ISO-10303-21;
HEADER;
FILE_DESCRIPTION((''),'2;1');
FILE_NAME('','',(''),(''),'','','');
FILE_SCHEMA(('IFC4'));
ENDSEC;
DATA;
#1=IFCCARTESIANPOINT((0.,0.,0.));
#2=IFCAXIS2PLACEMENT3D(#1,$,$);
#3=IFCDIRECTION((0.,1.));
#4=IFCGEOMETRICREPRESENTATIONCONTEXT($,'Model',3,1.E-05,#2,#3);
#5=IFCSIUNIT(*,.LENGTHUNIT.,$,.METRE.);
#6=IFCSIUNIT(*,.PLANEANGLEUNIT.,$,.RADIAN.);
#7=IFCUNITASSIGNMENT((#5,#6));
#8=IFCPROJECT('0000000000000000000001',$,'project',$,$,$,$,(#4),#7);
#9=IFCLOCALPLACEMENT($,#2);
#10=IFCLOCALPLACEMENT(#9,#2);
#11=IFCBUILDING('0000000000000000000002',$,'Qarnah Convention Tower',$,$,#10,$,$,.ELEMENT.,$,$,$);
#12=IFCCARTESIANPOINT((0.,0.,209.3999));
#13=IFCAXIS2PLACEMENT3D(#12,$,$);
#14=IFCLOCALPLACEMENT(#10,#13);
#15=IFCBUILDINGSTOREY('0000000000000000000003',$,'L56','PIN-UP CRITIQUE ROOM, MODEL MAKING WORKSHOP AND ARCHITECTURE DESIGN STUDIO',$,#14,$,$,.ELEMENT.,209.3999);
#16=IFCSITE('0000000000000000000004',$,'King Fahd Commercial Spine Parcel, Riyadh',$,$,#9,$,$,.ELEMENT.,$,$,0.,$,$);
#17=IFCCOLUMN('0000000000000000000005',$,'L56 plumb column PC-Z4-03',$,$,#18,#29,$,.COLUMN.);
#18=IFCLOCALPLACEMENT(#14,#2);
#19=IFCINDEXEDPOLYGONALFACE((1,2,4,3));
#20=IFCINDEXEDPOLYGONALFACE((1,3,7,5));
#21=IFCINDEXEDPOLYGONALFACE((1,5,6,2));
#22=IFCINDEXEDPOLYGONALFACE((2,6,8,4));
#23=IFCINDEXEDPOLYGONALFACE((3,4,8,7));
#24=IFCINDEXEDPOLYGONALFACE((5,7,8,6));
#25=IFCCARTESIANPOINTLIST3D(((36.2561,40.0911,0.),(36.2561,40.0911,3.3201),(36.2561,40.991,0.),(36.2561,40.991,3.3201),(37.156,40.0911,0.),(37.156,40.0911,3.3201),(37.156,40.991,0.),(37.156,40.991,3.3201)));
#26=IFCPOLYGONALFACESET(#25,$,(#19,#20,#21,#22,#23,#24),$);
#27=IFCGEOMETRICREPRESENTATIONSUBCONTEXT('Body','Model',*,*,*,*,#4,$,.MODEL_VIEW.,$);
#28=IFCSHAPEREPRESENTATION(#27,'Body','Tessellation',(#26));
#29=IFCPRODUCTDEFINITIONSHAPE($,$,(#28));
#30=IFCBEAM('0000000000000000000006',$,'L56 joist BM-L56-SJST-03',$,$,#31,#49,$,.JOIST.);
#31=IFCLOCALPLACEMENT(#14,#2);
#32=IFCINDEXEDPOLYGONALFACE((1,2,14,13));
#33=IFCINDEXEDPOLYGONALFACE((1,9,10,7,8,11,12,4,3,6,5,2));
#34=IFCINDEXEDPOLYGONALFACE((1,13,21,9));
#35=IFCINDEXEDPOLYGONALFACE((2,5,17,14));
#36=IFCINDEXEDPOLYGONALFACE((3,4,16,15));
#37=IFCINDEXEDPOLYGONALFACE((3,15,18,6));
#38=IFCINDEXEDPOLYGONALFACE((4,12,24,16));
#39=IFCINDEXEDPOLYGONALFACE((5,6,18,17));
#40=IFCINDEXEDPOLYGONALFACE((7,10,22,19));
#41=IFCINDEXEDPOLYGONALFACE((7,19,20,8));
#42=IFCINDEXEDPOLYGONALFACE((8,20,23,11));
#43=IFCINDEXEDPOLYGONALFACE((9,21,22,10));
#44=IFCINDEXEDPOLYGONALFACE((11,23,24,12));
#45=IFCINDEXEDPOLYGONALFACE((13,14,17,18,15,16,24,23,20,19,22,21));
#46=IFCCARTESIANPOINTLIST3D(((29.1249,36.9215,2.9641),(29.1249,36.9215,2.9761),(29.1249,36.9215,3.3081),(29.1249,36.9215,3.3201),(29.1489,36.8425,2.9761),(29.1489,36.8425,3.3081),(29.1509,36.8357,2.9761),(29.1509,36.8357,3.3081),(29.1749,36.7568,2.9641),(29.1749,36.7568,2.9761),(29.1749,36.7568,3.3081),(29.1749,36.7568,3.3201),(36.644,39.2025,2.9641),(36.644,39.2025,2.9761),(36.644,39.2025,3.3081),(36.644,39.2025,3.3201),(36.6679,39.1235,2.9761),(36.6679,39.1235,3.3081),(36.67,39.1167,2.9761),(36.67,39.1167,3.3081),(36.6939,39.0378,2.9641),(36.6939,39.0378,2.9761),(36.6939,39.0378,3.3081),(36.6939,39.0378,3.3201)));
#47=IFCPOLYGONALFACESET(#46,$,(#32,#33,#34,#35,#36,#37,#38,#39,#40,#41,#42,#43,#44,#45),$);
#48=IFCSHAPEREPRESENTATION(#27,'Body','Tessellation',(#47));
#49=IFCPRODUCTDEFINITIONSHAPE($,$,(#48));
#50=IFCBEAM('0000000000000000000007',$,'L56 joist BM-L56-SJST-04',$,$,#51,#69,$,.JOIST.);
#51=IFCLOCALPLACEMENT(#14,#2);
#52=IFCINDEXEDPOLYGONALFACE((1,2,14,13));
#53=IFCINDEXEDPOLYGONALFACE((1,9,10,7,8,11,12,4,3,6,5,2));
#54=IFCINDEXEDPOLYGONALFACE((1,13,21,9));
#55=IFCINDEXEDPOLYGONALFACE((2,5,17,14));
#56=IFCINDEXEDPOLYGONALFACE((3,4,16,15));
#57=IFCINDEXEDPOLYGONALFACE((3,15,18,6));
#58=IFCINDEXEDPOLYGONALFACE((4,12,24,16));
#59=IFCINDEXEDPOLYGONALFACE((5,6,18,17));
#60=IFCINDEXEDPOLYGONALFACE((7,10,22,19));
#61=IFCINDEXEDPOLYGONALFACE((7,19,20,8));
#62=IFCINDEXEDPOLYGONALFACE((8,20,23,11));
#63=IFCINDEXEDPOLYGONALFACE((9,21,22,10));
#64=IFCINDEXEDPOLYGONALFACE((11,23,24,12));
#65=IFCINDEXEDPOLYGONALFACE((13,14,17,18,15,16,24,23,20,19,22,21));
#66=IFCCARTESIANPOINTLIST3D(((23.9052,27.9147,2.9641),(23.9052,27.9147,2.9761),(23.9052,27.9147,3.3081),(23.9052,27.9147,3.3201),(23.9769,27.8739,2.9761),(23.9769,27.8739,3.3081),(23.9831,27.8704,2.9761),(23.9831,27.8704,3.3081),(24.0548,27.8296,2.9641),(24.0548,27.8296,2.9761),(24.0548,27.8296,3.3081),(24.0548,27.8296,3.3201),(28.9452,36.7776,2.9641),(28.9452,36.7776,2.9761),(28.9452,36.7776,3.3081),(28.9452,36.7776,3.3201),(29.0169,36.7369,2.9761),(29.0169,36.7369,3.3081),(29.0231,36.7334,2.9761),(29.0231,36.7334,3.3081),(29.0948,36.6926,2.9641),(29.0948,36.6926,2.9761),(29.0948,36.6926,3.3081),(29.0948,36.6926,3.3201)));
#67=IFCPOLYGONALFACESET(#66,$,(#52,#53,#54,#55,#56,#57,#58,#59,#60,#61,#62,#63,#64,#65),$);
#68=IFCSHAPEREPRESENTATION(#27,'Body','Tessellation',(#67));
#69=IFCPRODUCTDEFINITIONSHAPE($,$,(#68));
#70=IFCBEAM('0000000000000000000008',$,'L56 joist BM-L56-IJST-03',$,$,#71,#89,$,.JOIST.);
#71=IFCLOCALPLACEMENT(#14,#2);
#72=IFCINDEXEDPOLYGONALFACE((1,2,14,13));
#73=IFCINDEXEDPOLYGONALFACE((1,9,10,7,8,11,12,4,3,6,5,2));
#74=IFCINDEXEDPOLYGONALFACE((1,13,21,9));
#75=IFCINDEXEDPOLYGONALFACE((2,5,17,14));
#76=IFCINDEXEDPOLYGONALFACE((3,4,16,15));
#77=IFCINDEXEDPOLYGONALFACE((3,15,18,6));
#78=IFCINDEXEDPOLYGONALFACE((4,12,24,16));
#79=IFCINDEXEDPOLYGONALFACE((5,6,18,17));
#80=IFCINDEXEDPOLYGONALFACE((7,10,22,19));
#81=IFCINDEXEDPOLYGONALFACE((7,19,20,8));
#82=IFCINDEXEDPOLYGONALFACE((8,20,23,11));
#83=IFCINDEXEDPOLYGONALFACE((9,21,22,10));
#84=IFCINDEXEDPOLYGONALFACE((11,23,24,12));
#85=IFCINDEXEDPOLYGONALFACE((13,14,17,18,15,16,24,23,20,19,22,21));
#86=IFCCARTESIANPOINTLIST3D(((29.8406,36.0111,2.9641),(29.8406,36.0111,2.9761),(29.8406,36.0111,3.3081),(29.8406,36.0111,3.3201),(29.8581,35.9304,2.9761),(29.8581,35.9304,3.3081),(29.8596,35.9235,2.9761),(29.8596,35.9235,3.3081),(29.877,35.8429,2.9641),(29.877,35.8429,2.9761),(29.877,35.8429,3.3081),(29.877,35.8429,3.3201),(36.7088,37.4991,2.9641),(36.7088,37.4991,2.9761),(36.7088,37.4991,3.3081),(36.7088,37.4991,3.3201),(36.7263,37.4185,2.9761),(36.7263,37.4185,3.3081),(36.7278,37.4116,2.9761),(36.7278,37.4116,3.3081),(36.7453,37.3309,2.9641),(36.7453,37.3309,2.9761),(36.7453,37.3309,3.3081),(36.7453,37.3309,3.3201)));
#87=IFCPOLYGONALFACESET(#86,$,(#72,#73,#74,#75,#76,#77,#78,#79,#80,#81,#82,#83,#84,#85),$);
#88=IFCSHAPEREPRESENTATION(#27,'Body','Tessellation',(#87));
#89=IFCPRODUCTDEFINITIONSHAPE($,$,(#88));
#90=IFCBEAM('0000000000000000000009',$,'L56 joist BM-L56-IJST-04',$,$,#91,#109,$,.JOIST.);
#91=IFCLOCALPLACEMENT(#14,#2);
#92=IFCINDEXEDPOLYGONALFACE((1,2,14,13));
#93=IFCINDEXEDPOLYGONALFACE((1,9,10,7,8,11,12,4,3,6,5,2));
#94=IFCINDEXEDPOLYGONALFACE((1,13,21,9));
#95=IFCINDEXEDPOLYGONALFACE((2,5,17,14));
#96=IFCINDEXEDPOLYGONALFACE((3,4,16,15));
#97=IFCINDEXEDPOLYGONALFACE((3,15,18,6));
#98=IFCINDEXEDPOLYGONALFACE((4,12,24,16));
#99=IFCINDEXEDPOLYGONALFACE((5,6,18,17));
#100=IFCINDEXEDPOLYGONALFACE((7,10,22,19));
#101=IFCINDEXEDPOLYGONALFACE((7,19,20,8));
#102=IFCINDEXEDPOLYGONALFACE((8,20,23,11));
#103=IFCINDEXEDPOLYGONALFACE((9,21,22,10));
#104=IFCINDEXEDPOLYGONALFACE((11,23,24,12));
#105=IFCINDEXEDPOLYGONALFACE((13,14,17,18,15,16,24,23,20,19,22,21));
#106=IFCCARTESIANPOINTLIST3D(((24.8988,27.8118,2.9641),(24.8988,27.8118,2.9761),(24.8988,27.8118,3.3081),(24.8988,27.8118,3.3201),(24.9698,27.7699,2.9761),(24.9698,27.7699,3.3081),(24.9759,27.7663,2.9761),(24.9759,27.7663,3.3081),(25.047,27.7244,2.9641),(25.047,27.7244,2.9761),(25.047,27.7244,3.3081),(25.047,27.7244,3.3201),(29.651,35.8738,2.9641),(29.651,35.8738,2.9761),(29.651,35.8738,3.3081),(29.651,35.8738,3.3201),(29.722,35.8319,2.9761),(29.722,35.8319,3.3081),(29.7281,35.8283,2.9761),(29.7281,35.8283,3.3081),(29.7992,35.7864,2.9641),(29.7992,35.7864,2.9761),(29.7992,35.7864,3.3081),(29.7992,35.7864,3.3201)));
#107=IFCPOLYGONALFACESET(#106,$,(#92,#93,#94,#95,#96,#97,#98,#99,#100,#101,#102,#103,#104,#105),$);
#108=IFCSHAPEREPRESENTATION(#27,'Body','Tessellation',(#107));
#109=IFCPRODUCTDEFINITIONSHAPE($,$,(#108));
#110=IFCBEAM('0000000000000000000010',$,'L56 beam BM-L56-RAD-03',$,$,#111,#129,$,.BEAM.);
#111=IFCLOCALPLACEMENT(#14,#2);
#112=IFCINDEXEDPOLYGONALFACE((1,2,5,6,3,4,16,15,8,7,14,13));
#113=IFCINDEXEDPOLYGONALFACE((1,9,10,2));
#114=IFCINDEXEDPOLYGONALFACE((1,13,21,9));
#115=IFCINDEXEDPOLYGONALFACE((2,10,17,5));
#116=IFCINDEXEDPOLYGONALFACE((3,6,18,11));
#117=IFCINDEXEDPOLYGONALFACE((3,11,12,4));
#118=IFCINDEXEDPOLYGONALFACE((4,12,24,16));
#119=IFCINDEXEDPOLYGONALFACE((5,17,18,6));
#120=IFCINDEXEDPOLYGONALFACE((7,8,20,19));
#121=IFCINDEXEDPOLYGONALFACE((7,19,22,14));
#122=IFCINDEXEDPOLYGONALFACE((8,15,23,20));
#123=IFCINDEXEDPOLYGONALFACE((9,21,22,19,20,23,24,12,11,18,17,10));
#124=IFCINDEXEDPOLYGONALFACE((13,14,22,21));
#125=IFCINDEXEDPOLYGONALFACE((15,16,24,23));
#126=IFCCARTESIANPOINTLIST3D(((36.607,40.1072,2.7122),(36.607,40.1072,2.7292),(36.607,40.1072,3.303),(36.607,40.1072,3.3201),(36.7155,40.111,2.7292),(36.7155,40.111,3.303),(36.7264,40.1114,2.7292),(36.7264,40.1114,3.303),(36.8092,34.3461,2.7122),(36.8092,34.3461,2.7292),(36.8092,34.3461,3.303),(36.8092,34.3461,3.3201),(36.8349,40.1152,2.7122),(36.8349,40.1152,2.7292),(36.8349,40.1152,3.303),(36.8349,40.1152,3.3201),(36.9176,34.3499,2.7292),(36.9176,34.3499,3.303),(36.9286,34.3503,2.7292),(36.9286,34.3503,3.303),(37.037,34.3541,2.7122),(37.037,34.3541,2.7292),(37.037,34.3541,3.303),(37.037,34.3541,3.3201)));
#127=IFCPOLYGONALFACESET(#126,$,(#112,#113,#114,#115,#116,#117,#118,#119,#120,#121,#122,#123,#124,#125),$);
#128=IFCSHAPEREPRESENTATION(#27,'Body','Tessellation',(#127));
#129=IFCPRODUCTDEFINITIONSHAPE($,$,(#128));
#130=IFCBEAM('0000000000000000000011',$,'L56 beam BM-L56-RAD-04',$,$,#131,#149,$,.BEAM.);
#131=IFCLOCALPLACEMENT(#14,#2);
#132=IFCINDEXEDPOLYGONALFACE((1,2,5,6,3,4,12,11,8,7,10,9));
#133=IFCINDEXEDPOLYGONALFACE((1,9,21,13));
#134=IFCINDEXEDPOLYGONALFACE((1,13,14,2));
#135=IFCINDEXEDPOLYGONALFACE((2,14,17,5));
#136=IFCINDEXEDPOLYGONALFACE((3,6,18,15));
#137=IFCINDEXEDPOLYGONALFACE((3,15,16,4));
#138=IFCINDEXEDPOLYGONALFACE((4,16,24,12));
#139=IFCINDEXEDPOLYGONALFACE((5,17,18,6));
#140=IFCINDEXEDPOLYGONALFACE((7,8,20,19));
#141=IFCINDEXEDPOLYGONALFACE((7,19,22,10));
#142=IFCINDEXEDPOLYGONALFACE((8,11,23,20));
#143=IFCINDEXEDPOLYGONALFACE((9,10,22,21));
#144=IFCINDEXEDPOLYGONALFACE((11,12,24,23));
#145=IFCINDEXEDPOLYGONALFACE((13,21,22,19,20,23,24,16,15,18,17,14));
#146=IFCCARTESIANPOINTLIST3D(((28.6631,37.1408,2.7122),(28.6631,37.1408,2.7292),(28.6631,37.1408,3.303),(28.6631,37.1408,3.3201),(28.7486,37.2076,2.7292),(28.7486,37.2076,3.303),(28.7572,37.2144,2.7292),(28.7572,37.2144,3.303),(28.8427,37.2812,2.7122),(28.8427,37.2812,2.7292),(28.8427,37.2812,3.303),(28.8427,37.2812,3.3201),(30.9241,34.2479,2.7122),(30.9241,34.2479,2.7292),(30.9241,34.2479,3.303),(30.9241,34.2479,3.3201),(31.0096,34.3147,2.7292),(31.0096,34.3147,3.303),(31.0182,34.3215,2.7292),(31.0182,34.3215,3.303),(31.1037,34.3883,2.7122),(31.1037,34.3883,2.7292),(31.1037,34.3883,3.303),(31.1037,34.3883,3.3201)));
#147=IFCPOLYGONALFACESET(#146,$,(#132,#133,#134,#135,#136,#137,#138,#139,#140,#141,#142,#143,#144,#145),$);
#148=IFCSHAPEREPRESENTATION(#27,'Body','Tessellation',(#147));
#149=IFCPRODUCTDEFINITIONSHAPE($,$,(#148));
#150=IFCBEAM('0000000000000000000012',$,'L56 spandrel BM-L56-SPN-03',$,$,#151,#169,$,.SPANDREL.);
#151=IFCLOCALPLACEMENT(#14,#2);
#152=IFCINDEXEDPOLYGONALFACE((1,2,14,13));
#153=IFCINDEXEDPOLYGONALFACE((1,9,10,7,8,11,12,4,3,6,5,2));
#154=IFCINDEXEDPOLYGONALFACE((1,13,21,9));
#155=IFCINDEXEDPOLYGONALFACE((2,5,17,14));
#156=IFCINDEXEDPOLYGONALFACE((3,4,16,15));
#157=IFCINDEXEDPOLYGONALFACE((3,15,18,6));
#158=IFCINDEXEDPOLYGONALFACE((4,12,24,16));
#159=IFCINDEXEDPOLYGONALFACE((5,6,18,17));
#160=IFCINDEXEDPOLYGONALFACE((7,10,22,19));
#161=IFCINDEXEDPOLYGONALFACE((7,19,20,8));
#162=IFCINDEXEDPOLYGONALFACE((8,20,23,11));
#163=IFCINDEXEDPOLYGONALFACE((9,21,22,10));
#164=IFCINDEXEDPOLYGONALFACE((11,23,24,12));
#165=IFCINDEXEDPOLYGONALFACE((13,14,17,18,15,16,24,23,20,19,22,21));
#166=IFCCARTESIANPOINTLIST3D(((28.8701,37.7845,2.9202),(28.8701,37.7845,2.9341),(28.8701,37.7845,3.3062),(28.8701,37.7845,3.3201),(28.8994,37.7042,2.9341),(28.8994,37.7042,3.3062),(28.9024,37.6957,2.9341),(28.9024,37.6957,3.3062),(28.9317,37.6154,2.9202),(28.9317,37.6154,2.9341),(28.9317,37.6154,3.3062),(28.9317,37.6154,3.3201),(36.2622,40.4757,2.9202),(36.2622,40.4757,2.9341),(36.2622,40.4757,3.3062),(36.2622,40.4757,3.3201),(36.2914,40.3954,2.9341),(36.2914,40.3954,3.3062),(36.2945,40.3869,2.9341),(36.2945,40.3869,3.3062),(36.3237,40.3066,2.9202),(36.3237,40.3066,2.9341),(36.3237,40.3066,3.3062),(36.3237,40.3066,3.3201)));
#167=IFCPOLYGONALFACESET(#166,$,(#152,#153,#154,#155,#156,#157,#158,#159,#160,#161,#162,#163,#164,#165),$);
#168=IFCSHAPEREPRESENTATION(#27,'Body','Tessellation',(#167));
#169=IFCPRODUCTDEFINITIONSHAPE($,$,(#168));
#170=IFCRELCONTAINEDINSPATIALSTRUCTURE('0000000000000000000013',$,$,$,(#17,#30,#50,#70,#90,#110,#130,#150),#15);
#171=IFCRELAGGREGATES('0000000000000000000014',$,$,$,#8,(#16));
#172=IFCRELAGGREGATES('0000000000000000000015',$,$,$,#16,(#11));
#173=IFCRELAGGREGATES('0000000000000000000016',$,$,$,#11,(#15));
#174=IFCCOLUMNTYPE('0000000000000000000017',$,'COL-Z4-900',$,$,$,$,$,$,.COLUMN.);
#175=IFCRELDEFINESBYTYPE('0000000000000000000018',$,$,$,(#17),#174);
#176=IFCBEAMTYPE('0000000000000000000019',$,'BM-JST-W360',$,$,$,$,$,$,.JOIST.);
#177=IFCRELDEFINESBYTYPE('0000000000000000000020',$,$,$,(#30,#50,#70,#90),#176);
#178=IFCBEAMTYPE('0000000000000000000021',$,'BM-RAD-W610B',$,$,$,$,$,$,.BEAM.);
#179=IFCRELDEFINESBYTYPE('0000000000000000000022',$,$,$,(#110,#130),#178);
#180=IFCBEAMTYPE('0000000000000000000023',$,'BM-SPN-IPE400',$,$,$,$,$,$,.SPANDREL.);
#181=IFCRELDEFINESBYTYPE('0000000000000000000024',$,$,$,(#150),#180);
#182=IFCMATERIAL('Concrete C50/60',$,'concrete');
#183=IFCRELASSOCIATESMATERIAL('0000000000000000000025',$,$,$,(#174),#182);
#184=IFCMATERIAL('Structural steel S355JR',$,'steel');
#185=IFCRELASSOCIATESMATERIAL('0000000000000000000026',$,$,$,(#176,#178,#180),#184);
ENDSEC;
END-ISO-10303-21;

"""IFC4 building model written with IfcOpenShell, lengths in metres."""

from ifc_helpers import new_model, si_unit, direction, frame, origin, origin_2d, place, context, subcontext, project, spatial, rectangle, i_section, extrude, material, material_profile, profile_set, type_object, element, save


model = new_model("IFC4")

# Units and contexts
model_context = context("Model", 3, precision=1e-05, world=origin(), true_north=direction((0.0, 1.0)))
body_context = subcontext(model_context, "Body", "Model", "MODEL_VIEW")
ifc_project = project(units=[si_unit("LENGTHUNIT", "METRE"), si_unit("PLANEANGLEUNIT", "RADIAN")], contexts=[model_context])

# Site, building, storey
site_placement = place(None, origin())
site = spatial("IfcSite", under=ifc_project, at=site_placement, Name="King Fahd Commercial Spine Parcel, Riyadh", CompositionType="ELEMENT", RefElevation=0.0)
building_placement = place(site_placement, origin())
building = spatial("IfcBuilding", under=site, at=building_placement, Name="Qarnah Convention Tower", CompositionType="ELEMENT")
storey_placement = place(building_placement, frame((0.0, 0.0, 209.3999)))
storey = spatial("IfcBuildingStorey", under=building, at=storey_placement, Name="L56", Description="PIN-UP CRITIQUE ROOM, MODEL MAKING WORKSHOP AND ARCHITECTURE DESIGN STUDIO", CompositionType="ELEMENT", Elevation=209.3999)

# Column
ifc_material_1 = material(Name="Concrete C50/60", Category="concrete")
ifc_material_profile_1 = material_profile(ifc_material_1, rectangle(XDim=0.8999, YDim=0.8999, at=origin_2d()), Name="RC-COL-900X900")
ifc_profile_set_1 = profile_set([ifc_material_profile_1], Name="Concrete C50/60")
column_type = type_object("IfcColumnType", Name="COL-Z4-900", PredefinedType="COLUMN", material=ifc_profile_set_1)
column_placement = place(storey_placement, frame((36.7061, 40.541, 0.0), z_axis=(0.0, 0.0, 1.0), x_axis=(1.0, 0.0, 0.0)))
element("IfcColumn", 1, at=column_placement, inside=storey, type_object=column_type, Name="L56 plumb column PC-Z4-03", PredefinedType="COLUMN", context=body_context, shape_type="SweptSolid", body=[
    extrude(rectangle(XDim=0.8999, YDim=0.8999, at=origin_2d()), origin(), (0.0, 0.0, 1.0), 3.3201),
])

# Beams
ifc_material_2 = material(Name="Structural steel S355JR", Category="steel")
ifc_material_profile_2 = material_profile(ifc_material_2, i_section(OverallWidth=0.1721, OverallDepth=0.356, WebThickness=0.0071, FlangeThickness=0.012, at=origin_2d()), Name="W360X51")
ifc_profile_set_2 = profile_set([ifc_material_profile_2], Name="Structural steel S355JR")
beam_type_1 = type_object("IfcBeamType", Name="BM-JST-W360", PredefinedType="JOIST", material=ifc_profile_set_2)
beam_1_placement = place(storey_placement, frame((36.6689, 39.1201, 3.1421), z_axis=(-0.956936, -0.2903, 0.0), x_axis=(0.2903, -0.956936, 0.0)))
element("IfcBeam", 2, at=beam_1_placement, inside=storey, type_object=beam_type_1, Name="L56 joist BM-L56-SJST-03", PredefinedType="JOIST", context=body_context, shape_type="SweptSolid", body=[
    extrude(i_section(OverallWidth=0.1721, OverallDepth=0.356, WebThickness=0.0071, FlangeThickness=0.012, at=origin_2d()), origin(), (0.0, 0.0, 1.0), 7.8574),
])
beam_2_placement = place(storey_placement, frame((29.02, 36.7351, 3.1421), z_axis=(-0.494322, -0.869279, 0.0), x_axis=(0.869279, -0.494322, 0.0)))
element("IfcBeam", 3, at=beam_2_placement, inside=storey, type_object=beam_type_1, Name="L56 joist BM-L56-SJST-04", PredefinedType="JOIST", context=body_context, shape_type="SweptSolid", body=[
    extrude(i_section(OverallWidth=0.1721, OverallDepth=0.356, WebThickness=0.0071, FlangeThickness=0.012, at=origin_2d()), origin(), (0.0, 0.0, 1.0), 10.1958),
])
beam_3_placement = place(storey_placement, frame((36.7271, 37.415, 3.1421), z_axis=(-0.977325, -0.211744, 0.0), x_axis=(0.211744, -0.977325, 0.0)))
element("IfcBeam", 4, at=beam_3_placement, inside=storey, type_object=beam_type_1, Name="L56 joist BM-L56-IJST-03", PredefinedType="JOIST", context=body_context, shape_type="SweptSolid", body=[
    extrude(i_section(OverallWidth=0.1721, OverallDepth=0.356, WebThickness=0.0071, FlangeThickness=0.012, at=origin_2d()), origin(), (0.0, 0.0, 1.0), 7.0276),
])
beam_4_placement = place(storey_placement, frame((29.7251, 35.8301, 3.1421), z_axis=(-0.507801, -0.861474, 0.0), x_axis=(0.861474, -0.507801, 0.0)))
element("IfcBeam", 5, at=beam_4_placement, inside=storey, type_object=beam_type_1, Name="L56 joist BM-L56-IJST-04", PredefinedType="JOIST", context=body_context, shape_type="SweptSolid", body=[
    extrude(i_section(OverallWidth=0.1721, OverallDepth=0.356, WebThickness=0.0071, FlangeThickness=0.012, at=origin_2d()), origin(), (0.0, 0.0, 1.0), 9.3584),
])
ifc_material_profile_3 = material_profile(ifc_material_2, i_section(OverallWidth=0.228, OverallDepth=0.6079, WebThickness=0.011, FlangeThickness=0.0171, at=origin_2d()), Name="W610X113")
ifc_profile_set_3 = profile_set([ifc_material_profile_3], Name="Structural steel S355JR")
beam_type_2 = type_object("IfcBeamType", Name="BM-RAD-W610B", PredefinedType="BEAM", material=ifc_profile_set_3)
beam_5_placement = place(storey_placement, frame((36.9231, 34.3501, 3.0161), z_axis=(-0.035068, 0.999385, 0.0), x_axis=(-0.999385, -0.035068, 0.0)))
element("IfcBeam", 6, at=beam_5_placement, inside=storey, type_object=beam_type_2, Name="L56 beam BM-L56-RAD-03", PredefinedType="BEAM", context=body_context, shape_type="SweptSolid", body=[
    extrude(i_section(OverallWidth=0.228, OverallDepth=0.6079, WebThickness=0.011, FlangeThickness=0.0171, at=origin_2d()), origin(), (0.0, 0.0, 1.0), 5.7646),
])
beam_6_placement = place(storey_placement, frame((31.0139, 34.3181, 3.0161), z_axis=(-0.615808, 0.787896, 0.0), x_axis=(-0.787896, -0.615808, 0.0)))
element("IfcBeam", 7, at=beam_6_placement, inside=storey, type_object=beam_type_2, Name="L56 beam BM-L56-RAD-04", PredefinedType="BEAM", context=body_context, shape_type="SweptSolid", body=[
    extrude(i_section(OverallWidth=0.228, OverallDepth=0.6079, WebThickness=0.011, FlangeThickness=0.0171, at=origin_2d()), origin(), (0.0, 0.0, 1.0), 3.6716),
])
ifc_material_profile_4 = material_profile(ifc_material_2, i_section(OverallWidth=0.1799, OverallDepth=0.3999, WebThickness=0.009, FlangeThickness=0.0139, at=origin_2d()), Name="IPE400")
ifc_profile_set_4 = profile_set([ifc_material_profile_4], Name="Structural steel S355JR")
beam_type_3 = type_object("IfcBeamType", Name="BM-SPN-IPE400", PredefinedType="SPANDREL", material=ifc_profile_set_4)
beam_7_placement = place(storey_placement, frame((36.293, 40.3911, 3.1201), z_axis=(-0.939666, -0.342094, 0.0), x_axis=(0.342094, -0.939666, 0.0)))
element("IfcBeam", 8, at=beam_7_placement, inside=storey, type_object=beam_type_3, Name="L56 spandrel BM-L56-SPN-03", PredefinedType="SPANDREL", context=body_context, shape_type="SweptSolid", body=[
    extrude(i_section(OverallWidth=0.1799, OverallDepth=0.3999, WebThickness=0.009, FlangeThickness=0.0139, at=origin_2d()), origin(), (0.0, 0.0, 1.0), 7.8667),
])

save(model, "model.ifc")
